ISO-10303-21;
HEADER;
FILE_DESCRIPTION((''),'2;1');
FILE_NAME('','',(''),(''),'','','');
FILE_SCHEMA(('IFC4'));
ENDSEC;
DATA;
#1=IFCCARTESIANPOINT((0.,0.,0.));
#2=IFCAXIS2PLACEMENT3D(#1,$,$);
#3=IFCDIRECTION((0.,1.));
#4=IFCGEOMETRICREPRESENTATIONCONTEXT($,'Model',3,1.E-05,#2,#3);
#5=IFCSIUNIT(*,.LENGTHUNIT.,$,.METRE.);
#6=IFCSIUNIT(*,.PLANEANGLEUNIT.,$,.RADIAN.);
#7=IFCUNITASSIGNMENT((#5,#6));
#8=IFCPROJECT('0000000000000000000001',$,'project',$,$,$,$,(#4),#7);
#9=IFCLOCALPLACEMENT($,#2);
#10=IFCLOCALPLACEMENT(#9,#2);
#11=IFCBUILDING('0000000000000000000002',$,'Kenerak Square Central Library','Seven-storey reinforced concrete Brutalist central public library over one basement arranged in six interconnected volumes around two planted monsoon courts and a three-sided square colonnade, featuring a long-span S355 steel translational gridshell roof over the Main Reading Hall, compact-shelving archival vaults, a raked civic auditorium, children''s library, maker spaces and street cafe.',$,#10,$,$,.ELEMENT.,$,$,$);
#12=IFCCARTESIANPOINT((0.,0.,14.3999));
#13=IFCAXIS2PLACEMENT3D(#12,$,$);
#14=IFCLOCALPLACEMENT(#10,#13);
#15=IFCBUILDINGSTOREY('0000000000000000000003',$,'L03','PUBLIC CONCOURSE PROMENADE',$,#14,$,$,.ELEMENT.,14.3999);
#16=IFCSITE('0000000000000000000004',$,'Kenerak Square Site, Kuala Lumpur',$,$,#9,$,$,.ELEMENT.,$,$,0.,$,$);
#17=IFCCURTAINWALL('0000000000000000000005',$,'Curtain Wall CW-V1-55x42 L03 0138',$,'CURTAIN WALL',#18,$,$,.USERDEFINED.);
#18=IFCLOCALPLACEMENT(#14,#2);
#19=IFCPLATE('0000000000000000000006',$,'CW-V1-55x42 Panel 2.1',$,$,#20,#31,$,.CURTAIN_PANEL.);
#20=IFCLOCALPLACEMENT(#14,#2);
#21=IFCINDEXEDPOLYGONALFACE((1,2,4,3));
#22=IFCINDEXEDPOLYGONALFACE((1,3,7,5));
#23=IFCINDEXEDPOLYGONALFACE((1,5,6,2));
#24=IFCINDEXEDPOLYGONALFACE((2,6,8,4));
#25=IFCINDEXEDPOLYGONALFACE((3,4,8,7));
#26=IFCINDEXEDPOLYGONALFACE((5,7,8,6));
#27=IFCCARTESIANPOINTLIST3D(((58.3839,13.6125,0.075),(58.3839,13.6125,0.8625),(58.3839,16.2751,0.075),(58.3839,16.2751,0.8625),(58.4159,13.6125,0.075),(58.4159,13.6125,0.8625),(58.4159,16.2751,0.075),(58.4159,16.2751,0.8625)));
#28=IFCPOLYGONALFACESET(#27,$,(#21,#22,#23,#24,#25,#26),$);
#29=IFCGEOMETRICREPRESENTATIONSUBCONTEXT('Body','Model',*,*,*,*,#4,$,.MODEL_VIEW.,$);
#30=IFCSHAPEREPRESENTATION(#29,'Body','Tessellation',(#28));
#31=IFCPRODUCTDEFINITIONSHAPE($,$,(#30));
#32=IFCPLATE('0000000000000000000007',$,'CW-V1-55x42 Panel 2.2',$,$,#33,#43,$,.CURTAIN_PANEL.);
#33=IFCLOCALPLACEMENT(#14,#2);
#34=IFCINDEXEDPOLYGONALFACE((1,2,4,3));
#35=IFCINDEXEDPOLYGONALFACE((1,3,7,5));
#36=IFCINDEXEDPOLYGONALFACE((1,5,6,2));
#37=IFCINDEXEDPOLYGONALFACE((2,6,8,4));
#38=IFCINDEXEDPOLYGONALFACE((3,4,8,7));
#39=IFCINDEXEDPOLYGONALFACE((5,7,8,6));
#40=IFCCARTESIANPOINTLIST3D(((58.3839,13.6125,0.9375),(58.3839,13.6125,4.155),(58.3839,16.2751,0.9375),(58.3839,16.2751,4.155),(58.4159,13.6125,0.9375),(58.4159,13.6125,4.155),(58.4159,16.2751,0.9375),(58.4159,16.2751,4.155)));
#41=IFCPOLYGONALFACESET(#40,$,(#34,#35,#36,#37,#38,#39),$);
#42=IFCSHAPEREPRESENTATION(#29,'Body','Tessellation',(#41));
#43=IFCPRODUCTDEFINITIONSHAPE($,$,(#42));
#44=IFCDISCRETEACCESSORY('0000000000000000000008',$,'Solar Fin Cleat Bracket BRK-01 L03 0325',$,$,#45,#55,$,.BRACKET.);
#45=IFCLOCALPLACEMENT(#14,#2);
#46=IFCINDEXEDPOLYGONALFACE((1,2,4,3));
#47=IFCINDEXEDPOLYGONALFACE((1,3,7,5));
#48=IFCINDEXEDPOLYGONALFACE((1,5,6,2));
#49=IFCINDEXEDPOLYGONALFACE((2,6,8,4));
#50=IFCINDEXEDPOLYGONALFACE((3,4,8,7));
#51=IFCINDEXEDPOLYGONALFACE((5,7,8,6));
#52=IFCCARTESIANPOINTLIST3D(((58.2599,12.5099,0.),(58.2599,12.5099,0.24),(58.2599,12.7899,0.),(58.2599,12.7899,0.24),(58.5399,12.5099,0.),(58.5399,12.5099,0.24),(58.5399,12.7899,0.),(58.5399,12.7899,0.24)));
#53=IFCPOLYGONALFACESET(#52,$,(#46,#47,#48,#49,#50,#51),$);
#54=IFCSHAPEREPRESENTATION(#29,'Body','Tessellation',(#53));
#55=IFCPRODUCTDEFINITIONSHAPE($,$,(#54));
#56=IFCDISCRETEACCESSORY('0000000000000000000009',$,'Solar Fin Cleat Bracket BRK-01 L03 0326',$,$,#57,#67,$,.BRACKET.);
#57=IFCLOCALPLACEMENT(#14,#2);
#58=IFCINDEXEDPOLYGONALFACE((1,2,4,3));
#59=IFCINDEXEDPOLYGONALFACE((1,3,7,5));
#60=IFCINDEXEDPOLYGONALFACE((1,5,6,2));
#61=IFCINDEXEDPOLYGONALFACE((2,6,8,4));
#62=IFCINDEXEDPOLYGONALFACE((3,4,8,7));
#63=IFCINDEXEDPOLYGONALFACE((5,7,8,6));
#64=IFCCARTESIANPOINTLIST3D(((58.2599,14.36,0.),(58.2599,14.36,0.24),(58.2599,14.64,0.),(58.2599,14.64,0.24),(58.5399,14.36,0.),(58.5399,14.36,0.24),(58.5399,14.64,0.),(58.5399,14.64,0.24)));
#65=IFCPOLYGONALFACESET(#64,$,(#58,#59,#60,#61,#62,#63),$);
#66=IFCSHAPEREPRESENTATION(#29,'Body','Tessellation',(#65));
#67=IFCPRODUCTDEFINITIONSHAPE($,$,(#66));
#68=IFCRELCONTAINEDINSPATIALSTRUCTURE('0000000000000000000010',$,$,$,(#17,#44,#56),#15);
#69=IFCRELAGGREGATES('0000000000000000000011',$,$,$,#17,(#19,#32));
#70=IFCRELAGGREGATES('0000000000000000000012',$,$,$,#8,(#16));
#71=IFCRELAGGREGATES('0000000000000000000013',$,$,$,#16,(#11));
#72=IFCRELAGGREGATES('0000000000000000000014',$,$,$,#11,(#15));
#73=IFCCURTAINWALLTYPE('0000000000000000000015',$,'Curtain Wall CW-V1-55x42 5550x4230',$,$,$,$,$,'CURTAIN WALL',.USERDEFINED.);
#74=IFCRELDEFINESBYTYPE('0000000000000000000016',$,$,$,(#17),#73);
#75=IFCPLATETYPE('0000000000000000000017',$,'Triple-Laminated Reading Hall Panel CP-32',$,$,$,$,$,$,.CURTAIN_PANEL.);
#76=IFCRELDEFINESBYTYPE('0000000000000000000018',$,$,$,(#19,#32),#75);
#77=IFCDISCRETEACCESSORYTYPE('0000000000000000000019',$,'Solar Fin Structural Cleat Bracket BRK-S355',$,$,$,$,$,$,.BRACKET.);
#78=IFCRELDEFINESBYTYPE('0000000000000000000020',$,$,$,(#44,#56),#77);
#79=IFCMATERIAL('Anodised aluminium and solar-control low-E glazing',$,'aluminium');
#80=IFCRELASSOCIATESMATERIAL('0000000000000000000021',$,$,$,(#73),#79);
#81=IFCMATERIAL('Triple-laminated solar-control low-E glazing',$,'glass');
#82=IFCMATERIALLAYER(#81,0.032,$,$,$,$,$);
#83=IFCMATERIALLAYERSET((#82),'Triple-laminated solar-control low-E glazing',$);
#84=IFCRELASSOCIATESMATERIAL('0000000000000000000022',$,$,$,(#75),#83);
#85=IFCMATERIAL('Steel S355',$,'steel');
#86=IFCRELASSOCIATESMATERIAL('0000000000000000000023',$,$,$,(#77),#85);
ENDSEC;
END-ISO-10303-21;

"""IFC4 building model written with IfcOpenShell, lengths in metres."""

from ifc_helpers import new_model, si_unit, direction, frame, origin, origin_2d, place, context, subcontext, project, spatial, rectangle, extrude, material, layer, layer_set, type_object, element, aggregate, save


model = new_model("IFC4")

# Units and contexts
model_context = context("Model", 3, precision=1e-05, world=origin(), true_north=direction((0.0, 1.0)))
body_context = subcontext(model_context, "Body", "Model", "MODEL_VIEW")
ifc_project = project(units=[si_unit("LENGTHUNIT", "METRE"), si_unit("PLANEANGLEUNIT", "RADIAN")], contexts=[model_context])

# Site, building, storey
site_placement = place(None, origin())
site = spatial("IfcSite", under=ifc_project, at=site_placement, Name="Kenerak Square Site, Kuala Lumpur", CompositionType="ELEMENT", RefElevation=0.0)
building_placement = place(site_placement, origin())
building = spatial("IfcBuilding", under=site, at=building_placement, Name="Kenerak Square Central Library", Description="Seven-storey reinforced concrete Brutalist central public library over one basement arranged in six interconnected volumes around two planted monsoon courts and a three-sided square colonnade, featuring a long-span S355 steel translational gridshell roof over the Main Reading Hall, compact-shelving archival vaults, a raked civic auditorium, children's library, maker spaces and street cafe.", CompositionType="ELEMENT")
storey_placement = place(building_placement, frame((0.0, 0.0, 14.3999)))
storey = spatial("IfcBuildingStorey", under=building, at=storey_placement, Name="L03", Description="PUBLIC CONCOURSE PROMENADE", CompositionType="ELEMENT", Elevation=14.3999)

# Shared definitions
ifc_material_1 = material(Name="Steel S355", Category="steel")

# Shared definitions
ifc_material_2 = material(Name="Anodised aluminium and solar-control low-E glazing", Category="aluminium")

# Curtain wall
curtain_wall_type_1 = type_object("IfcCurtainWallType", Name="Curtain Wall CW-V1-55x42 5550x4230", ElementType="CURTAIN WALL", PredefinedType="USERDEFINED", material=ifc_material_2)
curtain_wall_1_placement = place(storey_placement, origin())
curtain_wall_1 = element("IfcCurtainWall", 1, at=curtain_wall_1_placement, inside=storey, type_object=curtain_wall_type_1, Name="Curtain Wall CW-V1-55x42 L03 0138", ObjectType="CURTAIN WALL", PredefinedType="USERDEFINED")

# Plates
ifc_material_3 = material(Name="Triple-laminated solar-control low-E glazing", Category="glass")
ifc_layer_1 = layer(ifc_material_3, 0.032)
ifc_layer_set_1 = layer_set([ifc_layer_1], Name="Triple-laminated solar-control low-E glazing")
plate_type_1 = type_object("IfcPlateType", Name="Triple-Laminated Reading Hall Panel CP-32", PredefinedType="CURTAIN_PANEL", material=ifc_layer_set_1)
plate_1_placement = place(storey_placement, frame((58.3999, 14.9438, 0.075), z_axis=(0.0, 0.0, 1.0), x_axis=(0.0, 1.0, 0.0)))
plate_1 = element("IfcPlate", 2, at=plate_1_placement, type_object=plate_type_1, Name="CW-V1-55x42 Panel 2.1", PredefinedType="CURTAIN_PANEL", context=body_context, shape_type="SweptSolid", body=[
    extrude(rectangle(XDim=2.6626, YDim=0.032, at=origin_2d()), origin(), (0.0, 0.0, 1.0), 0.7876),
])
plate_2_placement = place(storey_placement, frame((58.3999, 14.9438, 0.9375), z_axis=(0.0, 0.0, 1.0), x_axis=(0.0, 1.0, 0.0)))
plate_2 = element("IfcPlate", 3, at=plate_2_placement, type_object=plate_type_1, Name="CW-V1-55x42 Panel 2.2", PredefinedType="CURTAIN_PANEL", context=body_context, shape_type="SweptSolid", body=[
    extrude(rectangle(XDim=2.6626, YDim=0.032, at=origin_2d()), origin(), (0.0, 0.0, 1.0), 3.2175),
])
aggregate(curtain_wall_1, [plate_1, plate_2])

# Discrete accessories
discrete_accessory_type = type_object("IfcDiscreteAccessoryType", Name="Solar Fin Structural Cleat Bracket BRK-S355", PredefinedType="BRACKET", material=ifc_material_1)
for number, where, z_axis, x_axis, name in (
    (4, (58.3999, 12.6499, 0.0), (0.0, 0.0, 1.0), (0.0, 1.0, 0.0), "Solar Fin Cleat Bracket BRK-01 L03 0325"),
    (5, (58.3999, 14.5, 0.0), (0.0, 0.0, 1.0), (0.0, 1.0, 0.0), "Solar Fin Cleat Bracket BRK-01 L03 0326"),
):
    element("IfcDiscreteAccessory", number, at=place(storey_placement, frame(where, z_axis=z_axis, x_axis=x_axis)), inside=storey, type_object=discrete_accessory_type, Name=name, PredefinedType="BRACKET", context=body_context, shape_type="SweptSolid", body=[
        extrude(rectangle(XDim=0.28, YDim=0.28, at=origin_2d()), origin(), (0.0, 0.0, 1.0), 0.24),
    ])

save(model, "model.ifc")
